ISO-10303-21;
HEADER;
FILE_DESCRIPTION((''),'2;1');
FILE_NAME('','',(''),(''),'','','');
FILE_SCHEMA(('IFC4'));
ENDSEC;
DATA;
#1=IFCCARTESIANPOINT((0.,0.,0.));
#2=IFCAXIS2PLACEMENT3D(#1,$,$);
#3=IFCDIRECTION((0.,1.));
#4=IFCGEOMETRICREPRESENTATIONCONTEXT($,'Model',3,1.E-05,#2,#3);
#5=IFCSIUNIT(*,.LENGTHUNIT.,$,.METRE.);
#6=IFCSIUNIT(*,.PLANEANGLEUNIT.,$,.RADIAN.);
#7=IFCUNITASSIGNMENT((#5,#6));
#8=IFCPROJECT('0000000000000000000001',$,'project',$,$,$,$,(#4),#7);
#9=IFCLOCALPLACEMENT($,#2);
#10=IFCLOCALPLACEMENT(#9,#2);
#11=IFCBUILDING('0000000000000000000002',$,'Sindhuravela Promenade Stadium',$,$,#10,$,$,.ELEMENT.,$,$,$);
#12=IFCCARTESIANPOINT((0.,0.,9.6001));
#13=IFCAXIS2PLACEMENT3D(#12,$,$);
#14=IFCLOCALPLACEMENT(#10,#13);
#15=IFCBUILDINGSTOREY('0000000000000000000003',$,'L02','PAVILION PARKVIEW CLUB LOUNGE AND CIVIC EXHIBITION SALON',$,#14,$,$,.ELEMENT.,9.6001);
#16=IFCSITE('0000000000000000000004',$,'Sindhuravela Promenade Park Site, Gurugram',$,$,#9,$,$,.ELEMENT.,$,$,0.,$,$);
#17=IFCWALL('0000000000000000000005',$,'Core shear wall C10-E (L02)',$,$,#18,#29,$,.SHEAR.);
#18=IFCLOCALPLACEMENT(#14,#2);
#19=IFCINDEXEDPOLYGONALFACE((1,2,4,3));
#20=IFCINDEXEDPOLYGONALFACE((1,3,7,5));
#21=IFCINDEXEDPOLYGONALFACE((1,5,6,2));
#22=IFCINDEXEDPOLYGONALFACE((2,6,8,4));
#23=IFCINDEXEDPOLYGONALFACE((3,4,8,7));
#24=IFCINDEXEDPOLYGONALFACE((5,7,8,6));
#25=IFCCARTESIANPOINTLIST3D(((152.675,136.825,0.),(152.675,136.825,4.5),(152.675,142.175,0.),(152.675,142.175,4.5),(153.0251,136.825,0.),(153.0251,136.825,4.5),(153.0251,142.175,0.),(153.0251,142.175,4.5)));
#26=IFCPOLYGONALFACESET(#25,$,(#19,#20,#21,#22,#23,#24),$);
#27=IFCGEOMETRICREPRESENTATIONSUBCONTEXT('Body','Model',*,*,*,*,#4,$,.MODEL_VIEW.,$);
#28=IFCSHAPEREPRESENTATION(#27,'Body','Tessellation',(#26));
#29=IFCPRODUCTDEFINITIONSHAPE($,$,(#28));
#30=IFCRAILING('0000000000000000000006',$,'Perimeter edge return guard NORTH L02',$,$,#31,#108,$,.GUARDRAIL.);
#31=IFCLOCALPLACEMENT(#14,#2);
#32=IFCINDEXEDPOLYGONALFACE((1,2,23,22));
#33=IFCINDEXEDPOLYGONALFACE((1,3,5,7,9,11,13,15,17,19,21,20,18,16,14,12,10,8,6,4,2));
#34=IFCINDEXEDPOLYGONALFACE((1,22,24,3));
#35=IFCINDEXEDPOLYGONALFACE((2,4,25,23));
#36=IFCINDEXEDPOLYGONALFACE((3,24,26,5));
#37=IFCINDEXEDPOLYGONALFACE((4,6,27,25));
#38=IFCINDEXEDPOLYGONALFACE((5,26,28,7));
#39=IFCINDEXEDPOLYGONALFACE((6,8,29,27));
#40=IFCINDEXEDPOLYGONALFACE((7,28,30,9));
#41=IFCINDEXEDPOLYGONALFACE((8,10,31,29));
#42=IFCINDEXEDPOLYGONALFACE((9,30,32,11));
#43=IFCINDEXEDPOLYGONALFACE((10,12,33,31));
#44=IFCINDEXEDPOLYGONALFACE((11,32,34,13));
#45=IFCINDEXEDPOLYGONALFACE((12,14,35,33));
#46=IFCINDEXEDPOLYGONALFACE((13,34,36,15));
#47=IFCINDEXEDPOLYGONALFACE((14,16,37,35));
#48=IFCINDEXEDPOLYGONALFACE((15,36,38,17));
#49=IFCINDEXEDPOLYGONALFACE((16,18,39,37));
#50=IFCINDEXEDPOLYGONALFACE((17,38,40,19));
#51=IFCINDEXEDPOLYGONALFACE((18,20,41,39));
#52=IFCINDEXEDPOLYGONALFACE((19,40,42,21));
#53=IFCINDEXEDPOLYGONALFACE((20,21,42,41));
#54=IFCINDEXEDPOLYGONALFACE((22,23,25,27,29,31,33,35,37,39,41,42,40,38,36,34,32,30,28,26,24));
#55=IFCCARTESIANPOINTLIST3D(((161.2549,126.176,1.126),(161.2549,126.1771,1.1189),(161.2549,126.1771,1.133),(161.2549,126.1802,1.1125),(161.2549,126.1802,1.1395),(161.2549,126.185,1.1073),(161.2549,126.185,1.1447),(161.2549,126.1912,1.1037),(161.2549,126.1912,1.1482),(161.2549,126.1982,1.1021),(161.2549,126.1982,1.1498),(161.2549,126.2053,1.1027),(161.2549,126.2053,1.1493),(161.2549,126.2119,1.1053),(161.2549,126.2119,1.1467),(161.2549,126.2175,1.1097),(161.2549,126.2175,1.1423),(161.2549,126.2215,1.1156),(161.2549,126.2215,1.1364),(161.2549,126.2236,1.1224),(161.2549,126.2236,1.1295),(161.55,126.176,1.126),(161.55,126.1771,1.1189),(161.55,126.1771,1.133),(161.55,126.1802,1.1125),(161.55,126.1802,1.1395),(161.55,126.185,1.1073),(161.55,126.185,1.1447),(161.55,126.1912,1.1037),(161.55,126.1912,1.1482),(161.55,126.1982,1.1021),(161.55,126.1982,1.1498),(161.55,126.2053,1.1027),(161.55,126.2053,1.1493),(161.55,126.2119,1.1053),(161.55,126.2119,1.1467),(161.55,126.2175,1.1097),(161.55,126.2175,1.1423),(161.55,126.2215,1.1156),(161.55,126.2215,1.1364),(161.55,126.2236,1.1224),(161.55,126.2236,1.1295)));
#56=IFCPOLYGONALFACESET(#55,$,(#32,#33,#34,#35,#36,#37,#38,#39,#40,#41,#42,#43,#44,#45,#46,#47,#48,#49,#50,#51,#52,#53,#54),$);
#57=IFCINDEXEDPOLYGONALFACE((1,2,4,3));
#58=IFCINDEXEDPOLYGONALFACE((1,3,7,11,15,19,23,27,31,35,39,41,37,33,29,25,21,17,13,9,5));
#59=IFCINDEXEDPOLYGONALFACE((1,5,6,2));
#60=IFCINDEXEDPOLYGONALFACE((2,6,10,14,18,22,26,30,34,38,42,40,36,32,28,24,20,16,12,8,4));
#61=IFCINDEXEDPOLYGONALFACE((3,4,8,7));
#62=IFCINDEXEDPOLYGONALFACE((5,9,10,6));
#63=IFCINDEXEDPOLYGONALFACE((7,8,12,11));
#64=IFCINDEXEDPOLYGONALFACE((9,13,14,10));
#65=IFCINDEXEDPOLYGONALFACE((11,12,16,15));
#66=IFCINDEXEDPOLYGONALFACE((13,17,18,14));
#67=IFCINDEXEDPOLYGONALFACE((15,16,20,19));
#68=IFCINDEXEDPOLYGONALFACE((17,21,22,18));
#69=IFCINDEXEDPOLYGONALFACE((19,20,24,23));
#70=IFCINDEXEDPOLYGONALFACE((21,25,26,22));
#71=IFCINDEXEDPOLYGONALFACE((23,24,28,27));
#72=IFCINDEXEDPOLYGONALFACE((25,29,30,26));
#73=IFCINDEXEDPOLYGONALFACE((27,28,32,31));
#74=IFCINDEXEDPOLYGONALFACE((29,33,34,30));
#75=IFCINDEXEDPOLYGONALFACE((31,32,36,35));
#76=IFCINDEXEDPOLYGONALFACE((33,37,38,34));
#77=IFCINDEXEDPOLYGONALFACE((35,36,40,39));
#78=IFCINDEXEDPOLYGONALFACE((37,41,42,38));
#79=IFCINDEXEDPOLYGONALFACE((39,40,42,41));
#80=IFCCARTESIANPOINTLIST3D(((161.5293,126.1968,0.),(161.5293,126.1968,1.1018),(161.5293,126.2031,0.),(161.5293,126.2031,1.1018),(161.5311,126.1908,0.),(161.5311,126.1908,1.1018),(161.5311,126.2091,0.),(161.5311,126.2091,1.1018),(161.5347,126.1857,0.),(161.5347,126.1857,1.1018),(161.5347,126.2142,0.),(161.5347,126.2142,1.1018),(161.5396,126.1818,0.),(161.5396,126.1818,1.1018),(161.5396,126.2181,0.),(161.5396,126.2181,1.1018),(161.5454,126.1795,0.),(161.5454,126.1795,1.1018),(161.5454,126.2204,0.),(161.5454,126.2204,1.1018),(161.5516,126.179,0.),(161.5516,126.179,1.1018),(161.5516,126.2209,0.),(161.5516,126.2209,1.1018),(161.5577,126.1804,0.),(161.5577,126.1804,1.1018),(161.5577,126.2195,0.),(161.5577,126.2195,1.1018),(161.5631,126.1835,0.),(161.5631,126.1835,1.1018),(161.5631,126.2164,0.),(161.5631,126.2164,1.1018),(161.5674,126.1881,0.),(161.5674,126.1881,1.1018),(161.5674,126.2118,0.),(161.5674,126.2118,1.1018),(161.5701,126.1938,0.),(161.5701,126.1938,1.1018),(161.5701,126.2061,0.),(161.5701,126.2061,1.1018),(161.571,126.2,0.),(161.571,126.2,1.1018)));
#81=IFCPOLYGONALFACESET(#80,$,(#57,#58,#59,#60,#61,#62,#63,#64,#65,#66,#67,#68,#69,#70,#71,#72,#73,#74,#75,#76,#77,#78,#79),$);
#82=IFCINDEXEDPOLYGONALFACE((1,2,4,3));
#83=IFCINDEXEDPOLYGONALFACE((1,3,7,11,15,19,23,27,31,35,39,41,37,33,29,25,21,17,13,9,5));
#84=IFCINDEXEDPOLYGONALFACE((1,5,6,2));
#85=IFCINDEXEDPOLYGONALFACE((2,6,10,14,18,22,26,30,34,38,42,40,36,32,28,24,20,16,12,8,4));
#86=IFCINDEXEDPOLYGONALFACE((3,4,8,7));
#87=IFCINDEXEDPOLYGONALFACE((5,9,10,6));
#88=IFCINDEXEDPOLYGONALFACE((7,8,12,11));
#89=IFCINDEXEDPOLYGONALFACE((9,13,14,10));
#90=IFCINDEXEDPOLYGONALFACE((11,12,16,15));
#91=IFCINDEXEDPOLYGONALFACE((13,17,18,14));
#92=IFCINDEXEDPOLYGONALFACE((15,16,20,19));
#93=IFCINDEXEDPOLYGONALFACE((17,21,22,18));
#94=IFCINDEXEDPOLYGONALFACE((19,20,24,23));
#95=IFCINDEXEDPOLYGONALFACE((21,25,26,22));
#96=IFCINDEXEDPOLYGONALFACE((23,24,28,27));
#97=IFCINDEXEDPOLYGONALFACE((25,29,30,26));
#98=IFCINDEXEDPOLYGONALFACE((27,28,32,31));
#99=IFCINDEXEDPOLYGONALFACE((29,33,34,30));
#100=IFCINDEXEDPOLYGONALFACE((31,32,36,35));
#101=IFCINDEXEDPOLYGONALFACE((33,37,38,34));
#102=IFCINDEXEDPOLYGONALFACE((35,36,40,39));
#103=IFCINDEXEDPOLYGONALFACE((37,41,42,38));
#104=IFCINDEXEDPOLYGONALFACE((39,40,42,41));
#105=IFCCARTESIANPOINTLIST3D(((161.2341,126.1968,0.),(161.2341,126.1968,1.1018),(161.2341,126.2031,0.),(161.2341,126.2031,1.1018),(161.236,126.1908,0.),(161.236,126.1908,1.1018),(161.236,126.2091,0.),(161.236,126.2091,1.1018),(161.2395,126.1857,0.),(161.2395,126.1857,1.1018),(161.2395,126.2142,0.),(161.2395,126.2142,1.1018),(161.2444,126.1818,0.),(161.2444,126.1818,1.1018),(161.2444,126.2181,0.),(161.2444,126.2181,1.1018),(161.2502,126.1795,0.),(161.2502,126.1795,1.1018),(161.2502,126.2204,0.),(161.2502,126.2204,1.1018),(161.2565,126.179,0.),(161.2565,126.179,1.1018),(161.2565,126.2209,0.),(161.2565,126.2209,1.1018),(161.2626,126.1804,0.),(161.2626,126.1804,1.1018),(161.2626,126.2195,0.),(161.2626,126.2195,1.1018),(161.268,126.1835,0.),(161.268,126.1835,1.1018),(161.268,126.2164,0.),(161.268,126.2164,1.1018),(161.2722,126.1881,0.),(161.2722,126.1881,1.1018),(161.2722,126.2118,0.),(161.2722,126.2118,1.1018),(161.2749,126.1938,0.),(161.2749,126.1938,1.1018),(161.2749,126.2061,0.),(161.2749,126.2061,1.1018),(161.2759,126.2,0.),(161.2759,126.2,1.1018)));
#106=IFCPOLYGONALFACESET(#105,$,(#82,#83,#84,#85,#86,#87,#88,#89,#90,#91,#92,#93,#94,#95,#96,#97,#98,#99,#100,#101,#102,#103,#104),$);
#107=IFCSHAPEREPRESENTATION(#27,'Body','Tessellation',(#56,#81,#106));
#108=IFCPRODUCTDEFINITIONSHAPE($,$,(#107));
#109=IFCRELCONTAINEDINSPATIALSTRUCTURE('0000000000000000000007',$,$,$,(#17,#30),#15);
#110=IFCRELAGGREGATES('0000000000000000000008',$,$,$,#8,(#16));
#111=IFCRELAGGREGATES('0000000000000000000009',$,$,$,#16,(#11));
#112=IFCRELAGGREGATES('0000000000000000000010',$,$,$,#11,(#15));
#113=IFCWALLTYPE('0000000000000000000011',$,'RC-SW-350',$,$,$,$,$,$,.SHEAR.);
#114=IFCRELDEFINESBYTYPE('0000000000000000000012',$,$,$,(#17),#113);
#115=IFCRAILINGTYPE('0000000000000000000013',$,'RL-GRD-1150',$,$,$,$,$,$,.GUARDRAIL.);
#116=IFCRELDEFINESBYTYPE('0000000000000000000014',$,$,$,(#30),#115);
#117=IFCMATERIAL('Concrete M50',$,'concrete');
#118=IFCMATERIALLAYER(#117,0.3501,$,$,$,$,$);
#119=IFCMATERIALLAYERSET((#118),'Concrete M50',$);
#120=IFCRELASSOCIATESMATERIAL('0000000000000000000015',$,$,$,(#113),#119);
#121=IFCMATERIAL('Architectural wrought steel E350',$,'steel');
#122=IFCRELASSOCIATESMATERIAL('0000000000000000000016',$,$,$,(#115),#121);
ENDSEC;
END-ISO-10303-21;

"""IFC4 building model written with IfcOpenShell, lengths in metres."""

from ifc_helpers import new_model, si_unit, direction, frame, frame_2d, origin, origin_2d, place, context, subcontext, project, spatial, rectangle, circle, extrude, material, layer, layer_set, type_object, element, save


model = new_model("IFC4")

# Units and contexts
model_context = context("Model", 3, precision=1e-05, world=origin(), true_north=direction((0.0, 1.0)))
body_context = subcontext(model_context, "Body", "Model", "MODEL_VIEW")
ifc_project = project(units=[si_unit("LENGTHUNIT", "METRE"), si_unit("PLANEANGLEUNIT", "RADIAN")], contexts=[model_context])

# Site, building, storey
site_placement = place(None, origin())
site = spatial("IfcSite", under=ifc_project, at=site_placement, Name="Sindhuravela Promenade Park Site, Gurugram", CompositionType="ELEMENT", RefElevation=0.0)
building_placement = place(site_placement, origin())
building = spatial("IfcBuilding", under=site, at=building_placement, Name="Sindhuravela Promenade Stadium", CompositionType="ELEMENT")
storey_placement = place(building_placement, frame((0.0, 0.0, 9.6001)))
storey = spatial("IfcBuildingStorey", under=building, at=storey_placement, Name="L02", Description="PAVILION PARKVIEW CLUB LOUNGE AND CIVIC EXHIBITION SALON", CompositionType="ELEMENT", Elevation=9.6001)

# Shared definitions
ifc_material_1 = material(Name="Concrete M50", Category="concrete")
ifc_layer_1 = layer(ifc_material_1, 0.3501)
ifc_layer_set_1 = layer_set([ifc_layer_1], Name="Concrete M50")
wall_type_1 = type_object("IfcWallType", Name="RC-SW-350", PredefinedType="SHEAR", material=ifc_layer_set_1)
ifc_material_2 = material(Name="Architectural wrought steel E350", Category="steel")

# Wall
wall_1_placement = place(storey_placement, frame((152.8501, 136.825, 0.0), z_axis=(0.0, 0.0, 1.0), x_axis=(0.0, 1.0, 0.0)))
element("IfcWall", 1, at=wall_1_placement, inside=storey, type_object=wall_type_1, Name="Core shear wall C10-E (L02)", PredefinedType="SHEAR", context=body_context, shape_type="SweptSolid", body=[
    extrude(rectangle(XDim=5.3501, YDim=0.3501, at=frame_2d((2.675, 0.0))), origin(), (0.0, 0.0, 1.0), 4.5),
])

# Railing
railing_type = type_object("IfcRailingType", Name="RL-GRD-1150", PredefinedType="GUARDRAIL", material=ifc_material_2)
railing_placement = place(storey_placement, frame((161.55, 126.2, 0.0)))
element("IfcRailing", 2, at=railing_placement, inside=storey, type_object=railing_type, Name="Perimeter edge return guard NORTH L02", PredefinedType="GUARDRAIL", context=body_context, shape_type="SweptSolid", body=[
    extrude(circle(Radius=0.0239, at=origin_2d()), frame((0.0, 0.0, 1.126), z_axis=(-1.0, 0.0, 0.0), x_axis=(0.0, -1.0, 0.0)), (0.0, 0.0, 1.0), 0.2952),
    extrude(circle(Radius=0.021, at=origin_2d()), origin(), (0.0, 0.0, 1.0), 1.1018),
    extrude(circle(Radius=0.021, at=origin_2d()), frame((-0.2952, 0.0, 0.0)), (0.0, 0.0, 1.0), 1.1018),
])

save(model, "model.ifc")
